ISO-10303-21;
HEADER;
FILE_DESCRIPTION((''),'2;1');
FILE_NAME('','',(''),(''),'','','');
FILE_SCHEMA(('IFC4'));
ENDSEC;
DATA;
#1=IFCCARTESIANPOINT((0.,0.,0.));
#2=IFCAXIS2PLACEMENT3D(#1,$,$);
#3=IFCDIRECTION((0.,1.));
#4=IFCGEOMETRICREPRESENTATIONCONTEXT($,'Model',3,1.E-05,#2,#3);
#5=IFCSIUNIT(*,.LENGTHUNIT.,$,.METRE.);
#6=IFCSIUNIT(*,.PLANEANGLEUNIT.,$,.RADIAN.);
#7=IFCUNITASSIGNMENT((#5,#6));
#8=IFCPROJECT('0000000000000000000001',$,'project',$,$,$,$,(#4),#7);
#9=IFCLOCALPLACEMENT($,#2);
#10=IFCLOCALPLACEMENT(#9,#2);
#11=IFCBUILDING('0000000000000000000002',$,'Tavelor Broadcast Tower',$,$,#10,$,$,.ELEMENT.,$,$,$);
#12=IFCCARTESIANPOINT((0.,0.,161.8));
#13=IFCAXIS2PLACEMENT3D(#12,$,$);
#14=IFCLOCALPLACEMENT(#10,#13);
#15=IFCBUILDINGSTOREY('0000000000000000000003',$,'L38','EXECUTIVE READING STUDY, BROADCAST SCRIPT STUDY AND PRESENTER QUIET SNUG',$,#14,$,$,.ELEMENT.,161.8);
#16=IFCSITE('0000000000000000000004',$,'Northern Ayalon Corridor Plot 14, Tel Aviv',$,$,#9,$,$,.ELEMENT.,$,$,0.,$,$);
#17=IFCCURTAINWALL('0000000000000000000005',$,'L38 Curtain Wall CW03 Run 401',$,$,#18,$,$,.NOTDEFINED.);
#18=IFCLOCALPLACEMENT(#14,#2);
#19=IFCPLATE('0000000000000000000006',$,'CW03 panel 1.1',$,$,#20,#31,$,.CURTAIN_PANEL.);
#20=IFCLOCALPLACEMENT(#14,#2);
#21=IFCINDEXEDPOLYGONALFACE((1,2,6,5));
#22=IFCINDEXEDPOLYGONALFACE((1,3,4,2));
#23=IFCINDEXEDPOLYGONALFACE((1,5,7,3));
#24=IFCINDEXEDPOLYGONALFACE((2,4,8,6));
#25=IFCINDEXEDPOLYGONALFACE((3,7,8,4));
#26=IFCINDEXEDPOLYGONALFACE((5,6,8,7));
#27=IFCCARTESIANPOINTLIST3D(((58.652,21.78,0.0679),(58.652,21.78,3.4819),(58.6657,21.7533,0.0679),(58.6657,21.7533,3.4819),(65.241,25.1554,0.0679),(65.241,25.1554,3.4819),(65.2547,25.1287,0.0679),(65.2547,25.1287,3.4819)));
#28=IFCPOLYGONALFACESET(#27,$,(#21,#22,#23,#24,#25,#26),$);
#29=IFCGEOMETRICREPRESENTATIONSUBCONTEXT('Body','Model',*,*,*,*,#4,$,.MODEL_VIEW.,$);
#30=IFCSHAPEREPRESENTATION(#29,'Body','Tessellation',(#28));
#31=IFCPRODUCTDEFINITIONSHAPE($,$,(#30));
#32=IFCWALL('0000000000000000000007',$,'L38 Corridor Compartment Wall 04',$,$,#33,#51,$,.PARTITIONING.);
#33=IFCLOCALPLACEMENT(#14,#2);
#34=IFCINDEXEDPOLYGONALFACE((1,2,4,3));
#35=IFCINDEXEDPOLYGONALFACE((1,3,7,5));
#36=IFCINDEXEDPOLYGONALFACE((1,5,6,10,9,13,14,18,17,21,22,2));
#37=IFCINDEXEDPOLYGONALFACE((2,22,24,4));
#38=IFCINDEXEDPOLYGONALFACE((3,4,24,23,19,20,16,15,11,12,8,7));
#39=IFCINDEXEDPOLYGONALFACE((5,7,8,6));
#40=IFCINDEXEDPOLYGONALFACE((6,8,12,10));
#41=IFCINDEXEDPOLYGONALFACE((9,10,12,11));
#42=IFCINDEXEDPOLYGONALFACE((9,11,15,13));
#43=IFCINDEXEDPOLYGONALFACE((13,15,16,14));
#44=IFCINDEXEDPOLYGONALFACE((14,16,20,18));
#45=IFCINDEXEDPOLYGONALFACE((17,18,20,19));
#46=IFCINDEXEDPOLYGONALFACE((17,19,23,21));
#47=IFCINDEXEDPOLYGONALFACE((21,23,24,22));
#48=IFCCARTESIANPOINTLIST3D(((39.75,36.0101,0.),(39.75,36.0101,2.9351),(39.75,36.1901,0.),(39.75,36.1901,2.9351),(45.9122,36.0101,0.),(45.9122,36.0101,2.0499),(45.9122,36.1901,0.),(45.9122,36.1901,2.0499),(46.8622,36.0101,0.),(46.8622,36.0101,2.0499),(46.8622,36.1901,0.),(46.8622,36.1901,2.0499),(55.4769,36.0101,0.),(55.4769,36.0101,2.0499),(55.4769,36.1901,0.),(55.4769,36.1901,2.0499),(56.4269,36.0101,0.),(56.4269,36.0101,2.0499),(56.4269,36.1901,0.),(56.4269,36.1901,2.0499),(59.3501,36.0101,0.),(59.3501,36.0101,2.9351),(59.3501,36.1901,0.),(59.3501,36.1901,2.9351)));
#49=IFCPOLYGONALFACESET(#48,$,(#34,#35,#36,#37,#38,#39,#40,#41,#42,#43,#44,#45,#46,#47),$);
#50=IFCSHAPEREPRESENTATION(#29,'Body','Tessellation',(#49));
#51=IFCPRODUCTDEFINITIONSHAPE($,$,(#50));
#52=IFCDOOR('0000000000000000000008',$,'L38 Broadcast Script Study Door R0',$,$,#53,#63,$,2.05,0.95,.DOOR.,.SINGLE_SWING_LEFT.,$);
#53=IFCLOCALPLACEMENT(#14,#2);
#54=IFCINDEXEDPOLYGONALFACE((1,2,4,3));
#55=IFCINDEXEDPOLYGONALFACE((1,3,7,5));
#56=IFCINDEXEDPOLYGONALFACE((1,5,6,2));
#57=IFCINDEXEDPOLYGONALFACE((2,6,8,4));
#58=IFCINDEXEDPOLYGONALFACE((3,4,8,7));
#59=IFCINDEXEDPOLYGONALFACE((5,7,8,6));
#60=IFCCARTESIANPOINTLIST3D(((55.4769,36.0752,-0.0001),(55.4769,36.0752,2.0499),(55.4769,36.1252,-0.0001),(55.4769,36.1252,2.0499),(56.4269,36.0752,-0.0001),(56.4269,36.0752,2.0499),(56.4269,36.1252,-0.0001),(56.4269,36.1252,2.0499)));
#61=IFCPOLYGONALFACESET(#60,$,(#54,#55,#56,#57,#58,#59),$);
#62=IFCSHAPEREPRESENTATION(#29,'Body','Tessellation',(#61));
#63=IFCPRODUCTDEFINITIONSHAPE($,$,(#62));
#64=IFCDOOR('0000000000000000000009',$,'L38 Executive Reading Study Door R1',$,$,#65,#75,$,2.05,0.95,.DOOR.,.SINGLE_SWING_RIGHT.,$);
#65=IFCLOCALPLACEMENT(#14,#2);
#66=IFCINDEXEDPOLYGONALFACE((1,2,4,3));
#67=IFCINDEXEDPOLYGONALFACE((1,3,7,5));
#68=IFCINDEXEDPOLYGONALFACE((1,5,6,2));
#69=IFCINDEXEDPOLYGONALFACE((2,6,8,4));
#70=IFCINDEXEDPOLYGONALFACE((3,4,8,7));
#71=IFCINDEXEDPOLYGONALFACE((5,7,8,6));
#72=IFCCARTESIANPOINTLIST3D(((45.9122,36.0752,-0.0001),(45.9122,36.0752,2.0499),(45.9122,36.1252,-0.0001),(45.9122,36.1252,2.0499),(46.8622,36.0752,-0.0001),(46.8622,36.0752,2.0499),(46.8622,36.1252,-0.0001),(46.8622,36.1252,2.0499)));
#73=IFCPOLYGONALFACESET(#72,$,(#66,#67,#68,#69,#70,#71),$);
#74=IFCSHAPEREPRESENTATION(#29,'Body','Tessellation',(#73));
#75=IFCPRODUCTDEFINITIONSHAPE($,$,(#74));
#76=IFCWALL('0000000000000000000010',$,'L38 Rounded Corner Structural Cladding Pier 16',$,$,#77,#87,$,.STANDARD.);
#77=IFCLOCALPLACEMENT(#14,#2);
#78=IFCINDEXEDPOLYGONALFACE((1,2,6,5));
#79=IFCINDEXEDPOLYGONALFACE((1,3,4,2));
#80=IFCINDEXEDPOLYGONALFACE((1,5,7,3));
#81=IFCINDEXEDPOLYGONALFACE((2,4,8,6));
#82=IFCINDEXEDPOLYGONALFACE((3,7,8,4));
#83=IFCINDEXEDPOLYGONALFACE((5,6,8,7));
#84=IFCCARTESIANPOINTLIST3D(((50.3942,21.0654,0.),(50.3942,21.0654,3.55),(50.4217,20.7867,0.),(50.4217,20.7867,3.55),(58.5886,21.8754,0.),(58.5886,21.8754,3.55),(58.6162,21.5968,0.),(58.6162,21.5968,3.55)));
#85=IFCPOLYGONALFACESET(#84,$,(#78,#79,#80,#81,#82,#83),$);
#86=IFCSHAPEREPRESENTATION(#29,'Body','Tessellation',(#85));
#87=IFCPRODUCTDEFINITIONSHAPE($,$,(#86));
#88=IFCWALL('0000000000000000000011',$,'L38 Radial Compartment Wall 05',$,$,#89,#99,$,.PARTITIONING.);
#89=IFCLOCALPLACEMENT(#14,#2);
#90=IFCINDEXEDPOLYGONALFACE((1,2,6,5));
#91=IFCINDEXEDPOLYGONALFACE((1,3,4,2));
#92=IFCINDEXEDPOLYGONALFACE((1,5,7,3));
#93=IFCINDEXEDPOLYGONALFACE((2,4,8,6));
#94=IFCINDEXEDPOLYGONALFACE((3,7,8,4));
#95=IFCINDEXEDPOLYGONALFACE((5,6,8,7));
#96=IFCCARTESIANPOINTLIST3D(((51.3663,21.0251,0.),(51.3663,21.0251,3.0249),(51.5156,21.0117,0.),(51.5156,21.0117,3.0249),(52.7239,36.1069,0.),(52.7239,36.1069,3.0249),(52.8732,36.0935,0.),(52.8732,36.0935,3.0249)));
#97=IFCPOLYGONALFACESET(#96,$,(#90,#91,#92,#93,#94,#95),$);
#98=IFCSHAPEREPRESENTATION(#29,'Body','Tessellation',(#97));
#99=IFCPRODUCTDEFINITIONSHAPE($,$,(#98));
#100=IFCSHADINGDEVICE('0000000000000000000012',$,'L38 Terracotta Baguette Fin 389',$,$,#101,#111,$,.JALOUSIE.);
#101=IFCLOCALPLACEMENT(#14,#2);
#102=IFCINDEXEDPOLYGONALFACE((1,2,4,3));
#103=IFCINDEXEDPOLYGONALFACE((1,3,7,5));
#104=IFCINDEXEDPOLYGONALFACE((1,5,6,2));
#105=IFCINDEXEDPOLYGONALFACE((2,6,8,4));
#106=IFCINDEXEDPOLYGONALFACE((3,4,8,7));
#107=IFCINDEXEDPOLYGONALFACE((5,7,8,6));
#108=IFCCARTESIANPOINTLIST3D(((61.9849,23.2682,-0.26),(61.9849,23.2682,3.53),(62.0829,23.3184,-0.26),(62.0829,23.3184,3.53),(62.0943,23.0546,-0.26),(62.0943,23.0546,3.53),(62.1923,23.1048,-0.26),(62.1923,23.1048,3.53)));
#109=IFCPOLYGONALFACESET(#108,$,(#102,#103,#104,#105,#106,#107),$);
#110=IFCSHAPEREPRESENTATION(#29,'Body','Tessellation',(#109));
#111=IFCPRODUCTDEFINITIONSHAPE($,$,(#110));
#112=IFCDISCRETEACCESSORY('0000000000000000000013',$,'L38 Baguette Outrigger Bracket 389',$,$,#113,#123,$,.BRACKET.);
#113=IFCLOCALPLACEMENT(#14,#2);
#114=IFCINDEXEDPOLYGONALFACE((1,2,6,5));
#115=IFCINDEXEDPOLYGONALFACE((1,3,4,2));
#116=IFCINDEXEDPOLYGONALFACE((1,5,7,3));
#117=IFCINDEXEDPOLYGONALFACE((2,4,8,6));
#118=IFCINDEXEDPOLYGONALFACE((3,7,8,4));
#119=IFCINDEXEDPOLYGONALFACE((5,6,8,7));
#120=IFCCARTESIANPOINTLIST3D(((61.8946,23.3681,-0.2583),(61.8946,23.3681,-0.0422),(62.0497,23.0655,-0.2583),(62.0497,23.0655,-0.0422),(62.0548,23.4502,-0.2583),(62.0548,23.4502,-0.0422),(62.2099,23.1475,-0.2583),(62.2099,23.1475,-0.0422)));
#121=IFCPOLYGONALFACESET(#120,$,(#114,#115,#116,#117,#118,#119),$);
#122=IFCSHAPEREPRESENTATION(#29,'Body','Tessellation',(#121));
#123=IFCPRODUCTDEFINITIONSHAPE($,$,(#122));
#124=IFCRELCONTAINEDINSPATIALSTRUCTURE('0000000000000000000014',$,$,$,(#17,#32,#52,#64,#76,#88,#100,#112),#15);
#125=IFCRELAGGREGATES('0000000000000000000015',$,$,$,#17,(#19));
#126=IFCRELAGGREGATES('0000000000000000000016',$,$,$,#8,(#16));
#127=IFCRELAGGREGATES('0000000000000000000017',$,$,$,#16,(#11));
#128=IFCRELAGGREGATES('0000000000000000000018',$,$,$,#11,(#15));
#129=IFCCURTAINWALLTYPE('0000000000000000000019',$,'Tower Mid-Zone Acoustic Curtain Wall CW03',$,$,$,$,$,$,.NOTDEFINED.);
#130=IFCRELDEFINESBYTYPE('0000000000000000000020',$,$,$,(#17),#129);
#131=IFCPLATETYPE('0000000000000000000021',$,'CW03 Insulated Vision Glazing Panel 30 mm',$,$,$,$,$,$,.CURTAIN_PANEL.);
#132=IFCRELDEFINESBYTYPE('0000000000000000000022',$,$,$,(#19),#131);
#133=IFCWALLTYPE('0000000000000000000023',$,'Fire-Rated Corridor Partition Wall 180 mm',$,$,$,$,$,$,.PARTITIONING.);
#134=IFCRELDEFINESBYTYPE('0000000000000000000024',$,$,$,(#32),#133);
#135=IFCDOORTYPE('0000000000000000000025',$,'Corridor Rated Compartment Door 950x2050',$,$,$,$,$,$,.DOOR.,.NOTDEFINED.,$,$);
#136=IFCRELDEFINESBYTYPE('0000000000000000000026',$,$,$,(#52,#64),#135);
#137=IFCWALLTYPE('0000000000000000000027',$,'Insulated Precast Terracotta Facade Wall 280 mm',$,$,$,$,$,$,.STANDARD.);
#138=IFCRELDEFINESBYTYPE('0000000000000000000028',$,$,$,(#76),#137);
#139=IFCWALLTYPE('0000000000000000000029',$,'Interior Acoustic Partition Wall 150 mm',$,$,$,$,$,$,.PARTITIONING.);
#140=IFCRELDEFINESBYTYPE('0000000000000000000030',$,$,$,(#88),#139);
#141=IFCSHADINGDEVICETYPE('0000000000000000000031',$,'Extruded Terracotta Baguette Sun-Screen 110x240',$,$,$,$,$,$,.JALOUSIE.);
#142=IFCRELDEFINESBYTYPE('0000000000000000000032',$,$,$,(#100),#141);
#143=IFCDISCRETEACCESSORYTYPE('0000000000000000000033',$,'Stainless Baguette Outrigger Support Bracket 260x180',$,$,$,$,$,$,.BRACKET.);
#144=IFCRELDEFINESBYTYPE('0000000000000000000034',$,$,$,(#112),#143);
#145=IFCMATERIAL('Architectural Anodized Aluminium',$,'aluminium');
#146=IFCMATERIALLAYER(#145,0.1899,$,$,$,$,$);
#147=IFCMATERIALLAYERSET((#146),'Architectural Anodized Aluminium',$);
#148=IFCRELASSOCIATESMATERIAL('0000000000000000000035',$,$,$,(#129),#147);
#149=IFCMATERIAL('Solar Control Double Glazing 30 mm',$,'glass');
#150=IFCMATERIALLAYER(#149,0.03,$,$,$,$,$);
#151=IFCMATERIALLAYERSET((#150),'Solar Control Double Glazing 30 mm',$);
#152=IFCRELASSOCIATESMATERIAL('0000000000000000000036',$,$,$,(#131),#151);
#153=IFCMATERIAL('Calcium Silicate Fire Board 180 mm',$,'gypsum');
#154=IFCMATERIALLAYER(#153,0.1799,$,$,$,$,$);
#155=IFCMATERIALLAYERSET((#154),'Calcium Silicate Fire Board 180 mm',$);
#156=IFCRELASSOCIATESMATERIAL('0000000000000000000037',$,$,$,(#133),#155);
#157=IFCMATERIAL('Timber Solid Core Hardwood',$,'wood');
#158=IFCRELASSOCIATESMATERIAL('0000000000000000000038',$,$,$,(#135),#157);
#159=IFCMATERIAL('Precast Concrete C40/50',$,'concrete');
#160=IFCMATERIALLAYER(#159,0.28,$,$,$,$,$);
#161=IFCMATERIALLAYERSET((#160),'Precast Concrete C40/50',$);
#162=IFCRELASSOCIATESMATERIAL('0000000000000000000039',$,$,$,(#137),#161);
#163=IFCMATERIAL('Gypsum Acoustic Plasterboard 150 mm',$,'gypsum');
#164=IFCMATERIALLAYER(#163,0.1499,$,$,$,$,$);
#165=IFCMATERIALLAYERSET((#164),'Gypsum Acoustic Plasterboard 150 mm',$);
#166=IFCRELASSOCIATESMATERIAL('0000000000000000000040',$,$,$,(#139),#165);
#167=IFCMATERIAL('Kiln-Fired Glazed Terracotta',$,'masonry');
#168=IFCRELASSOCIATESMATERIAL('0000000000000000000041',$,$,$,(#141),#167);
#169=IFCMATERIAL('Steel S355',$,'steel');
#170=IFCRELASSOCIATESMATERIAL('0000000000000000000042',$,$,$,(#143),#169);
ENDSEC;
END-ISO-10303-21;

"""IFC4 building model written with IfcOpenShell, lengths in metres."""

from ifc_helpers import new_model, si_unit, direction, frame, frame_2d, origin, origin_2d, place, context, subcontext, project, spatial, rectangle, extrude, source, transform, mapped, material, layer, layer_set, type_object, type_shapes, element, fill, aggregate, save


model = new_model("IFC4")

# Units and contexts
model_context = context("Model", 3, precision=1e-05, world=origin(), true_north=direction((0.0, 1.0)))
body_context = subcontext(model_context, "Body", "Model", "MODEL_VIEW")
ifc_project = project(units=[si_unit("LENGTHUNIT", "METRE"), si_unit("PLANEANGLEUNIT", "RADIAN")], contexts=[model_context])

# Site, building, storey
site_placement = place(None, origin())
site = spatial("IfcSite", under=ifc_project, at=site_placement, Name="Northern Ayalon Corridor Plot 14, Tel Aviv", CompositionType="ELEMENT", RefElevation=0.0)
building_placement = place(site_placement, origin())
building = spatial("IfcBuilding", under=site, at=building_placement, Name="Tavelor Broadcast Tower", CompositionType="ELEMENT")
storey_placement = place(building_placement, frame((0.0, 0.0, 161.8)))
storey = spatial("IfcBuildingStorey", under=building, at=storey_placement, Name="L38", Description="EXECUTIVE READING STUDY, BROADCAST SCRIPT STUDY AND PRESENTER QUIET SNUG", CompositionType="ELEMENT", Elevation=161.8)

# Shared definitions
ifc_material_1 = material(Name="Steel S355", Category="steel")

# Curtain wall
ifc_material_2 = material(Name="Architectural Anodized Aluminium", Category="aluminium")
ifc_layer_1 = layer(ifc_material_2, 0.1899)
ifc_layer_set_1 = layer_set([ifc_layer_1], Name="Architectural Anodized Aluminium")
curtain_wall_type = type_object("IfcCurtainWallType", Name="Tower Mid-Zone Acoustic Curtain Wall CW03", PredefinedType="NOTDEFINED", material=ifc_layer_set_1)
curtain_wall_placement = place(storey_placement, origin())
curtain_wall = element("IfcCurtainWall", 1, at=curtain_wall_placement, inside=storey, type_object=curtain_wall_type, Name="L38 Curtain Wall CW03 Run 401", PredefinedType="NOTDEFINED")

# Plate
ifc_material_3 = material(Name="Solar Control Double Glazing 30 mm", Category="glass")
ifc_layer_2 = layer(ifc_material_3, 0.03)
ifc_layer_set_2 = layer_set([ifc_layer_2], Name="Solar Control Double Glazing 30 mm")
plate_type_1 = type_object("IfcPlateType", Name="CW03 Insulated Vision Glazing Panel 30 mm", PredefinedType="CURTAIN_PANEL", material=ifc_layer_set_2)
shared_shape_1 = source(origin(), body_context, "Body", "SweptSolid", [
    extrude(rectangle(XDim=7.4033, YDim=0.03, at=origin_2d()), origin(), (0.0, 0.0, 1.0), 3.4141),
])
type_shapes(plate_type_1, [shared_shape_1])
plate_placement = place(storey_placement, frame((61.9534, 23.4543, 0.0679), z_axis=(0.0, 0.0, 1.0), x_axis=(0.890013, 0.455936, 0.0)))
plate = element("IfcPlate", 2, at=plate_placement, type_object=plate_type_1, Name="CW03 panel 1.1", PredefinedType="CURTAIN_PANEL", context=body_context, shape_type="MappedRepresentation", body=[
    mapped(shared_shape_1, transform((0.0, 0.0, 0.0), scale=1.0)),
])
aggregate(curtain_wall, [plate])

# Wall, openings, doors
ifc_material_4 = material(Name="Calcium Silicate Fire Board 180 mm", Category="gypsum")
ifc_layer_3 = layer(ifc_material_4, 0.1799)
ifc_layer_set_3 = layer_set([ifc_layer_3], Name="Calcium Silicate Fire Board 180 mm")
wall_type_1 = type_object("IfcWallType", Name="Fire-Rated Corridor Partition Wall 180 mm", PredefinedType="PARTITIONING", material=ifc_layer_set_3)
wall_1_placement = place(storey_placement, frame((59.3501, 36.1001, 0.0), z_axis=(0.0, 0.0, 1.0), x_axis=(-1.0, 0.0, 0.0)))
wall_1 = element("IfcWall", 3, at=wall_1_placement, inside=storey, type_object=wall_type_1, Name="L38 Corridor Compartment Wall 04", PredefinedType="PARTITIONING", context=body_context, shape_type="SweptSolid", body=[
    extrude(rectangle(XDim=19.6001, YDim=0.1799, at=frame_2d((9.8, 0.0))), origin(), (0.0, 0.0, 1.0), 2.9351),
])
opening_1_placement = place(wall_1_placement, frame((2.9231, 0.0, 0.0)))
opening_1 = element("IfcOpeningElement", 4, at=opening_1_placement, cuts=wall_1, PredefinedType="OPENING", context=body_context, shape_type="SweptSolid", body=[
    extrude(rectangle(XDim=0.95, YDim=2.05, at=frame_2d((0.4751, 1.0249))), frame((0.0, 0.1001, 0.0), z_axis=(0.0, -1.0, 0.0), x_axis=(1.0, 0.0, 0.0)), (0.0, 0.0, 1.0), 0.2),
])
opening_2_placement = place(wall_1_placement, frame((12.4878, 0.0, 0.0)))
opening_2 = element("IfcOpeningElement", 5, at=opening_2_placement, cuts=wall_1, PredefinedType="OPENING", context=body_context, shape_type="SweptSolid", body=[
    extrude(rectangle(XDim=0.95, YDim=2.05, at=frame_2d((0.4751, 1.0249))), frame((0.0, 0.1001, 0.0), z_axis=(0.0, -1.0, 0.0), x_axis=(1.0, 0.0, 0.0)), (0.0, 0.0, 1.0), 0.2),
])
ifc_material_5 = material(Name="Timber Solid Core Hardwood", Category="wood")
door_type = type_object("IfcDoorType", Name="Corridor Rated Compartment Door 950x2050", OperationType="NOTDEFINED", PredefinedType="DOOR", material=ifc_material_5)
door_1_placement = place(opening_1_placement, origin())
door_1 = element("IfcDoor", 6, at=door_1_placement, inside=storey, type_object=door_type, Name="L38 Broadcast Script Study Door R0", OperationType="SINGLE_SWING_LEFT", OverallHeight=2.05, OverallWidth=0.95, PredefinedType="DOOR", context=body_context, shape_type="SweptSolid", body=[
    extrude(rectangle(XDim=0.95, YDim=2.05, at=frame_2d((0.4751, 1.0249))), frame((0.0, 0.0249, 0.0), z_axis=(0.0, -1.0, 0.0), x_axis=(1.0, 0.0, 0.0)), (0.0, 0.0, 1.0), 0.05),
])
fill(opening_1, door_1)
door_2_placement = place(opening_2_placement, origin())
door_2 = element("IfcDoor", 7, at=door_2_placement, inside=storey, type_object=door_type, Name="L38 Executive Reading Study Door R1", OperationType="SINGLE_SWING_RIGHT", OverallHeight=2.05, OverallWidth=0.95, PredefinedType="DOOR", context=body_context, shape_type="SweptSolid", body=[
    extrude(rectangle(XDim=0.95, YDim=2.05, at=frame_2d((0.4751, 1.0249))), frame((0.0, 0.0249, 0.0), z_axis=(0.0, -1.0, 0.0), x_axis=(1.0, 0.0, 0.0)), (0.0, 0.0, 1.0), 0.05),
])
fill(opening_2, door_2)

# Walls
ifc_material_6 = material(Name="Precast Concrete C40/50", Category="concrete")
ifc_layer_4 = layer(ifc_material_6, 0.28)
ifc_layer_set_4 = layer_set([ifc_layer_4], Name="Precast Concrete C40/50")
wall_type_2 = type_object("IfcWallType", Name="Insulated Precast Terracotta Facade Wall 280 mm", PredefinedType="STANDARD", material=ifc_layer_set_4)
wall_2_placement = place(storey_placement, frame((50.408, 20.926, 0.0), z_axis=(0.0, 0.0, 1.0), x_axis=(0.995149, 0.098376, 0.0)))
element("IfcWall", 8, at=wall_2_placement, inside=storey, type_object=wall_type_2, Name="L38 Rounded Corner Structural Cladding Pier 16", PredefinedType="STANDARD", context=body_context, shape_type="SweptSolid", body=[
    extrude(rectangle(XDim=8.2344, YDim=0.28, at=frame_2d((4.1172, 0.0))), origin(), (0.0, 0.0, 1.0), 3.55),
])
ifc_material_7 = material(Name="Gypsum Acoustic Plasterboard 150 mm", Category="gypsum")
ifc_layer_5 = layer(ifc_material_7, 0.1499)
ifc_layer_set_5 = layer_set([ifc_layer_5], Name="Gypsum Acoustic Plasterboard 150 mm")
wall_type_3 = type_object("IfcWallType", Name="Interior Acoustic Partition Wall 150 mm", PredefinedType="PARTITIONING", material=ifc_layer_set_5)
wall_3_placement = place(storey_placement, frame((52.7986, 36.1001, 0.0), z_axis=(0.0, 0.0, 1.0), x_axis=(-0.089658, -0.995973, 0.0)))
element("IfcWall", 9, at=wall_3_placement, inside=storey, type_object=wall_type_3, Name="L38 Radial Compartment Wall 05", PredefinedType="PARTITIONING", context=body_context, shape_type="SweptSolid", body=[
    extrude(rectangle(XDim=15.1428, YDim=0.1499, at=frame_2d((7.5713, 0.0))), origin(), (0.0, 0.0, 1.0), 3.0249),
])

# Shading device
ifc_material_8 = material(Name="Kiln-Fired Glazed Terracotta", Category="masonry")
shading_device_type = type_object("IfcShadingDeviceType", Name="Extruded Terracotta Baguette Sun-Screen 110x240", PredefinedType="JALOUSIE", material=ifc_material_8)
shared_shape_2 = source(origin(), body_context, "Body", "SweptSolid", [
    extrude(rectangle(XDim=0.1101, YDim=0.24, at=origin_2d()), origin(), (0.0, 0.0, 1.0), 3.79),
])
type_shapes(shading_device_type, [shared_shape_2])
shading_device_placement = place(storey_placement, frame((62.0886, 23.1865, -0.26), z_axis=(0.0, 0.0, 1.0), x_axis=(0.889974, 0.456011, 0.0)))
element("IfcShadingDevice", 10, at=shading_device_placement, inside=storey, type_object=shading_device_type, Name="L38 Terracotta Baguette Fin 389", PredefinedType="JALOUSIE", context=body_context, shape_type="MappedRepresentation", body=[
    mapped(shared_shape_2, transform((0.0, 0.0, 0.0), scale=1.0)),
])

# Discrete accessory
discrete_accessory_type = type_object("IfcDiscreteAccessoryType", Name="Stainless Baguette Outrigger Support Bracket 260x180", PredefinedType="BRACKET", material=ifc_material_1)
shared_shape_3 = source(origin(), body_context, "Body", "SweptSolid", [
    extrude(rectangle(XDim=0.1799, YDim=0.3401, at=origin_2d()), origin(), (0.0, 0.0, 1.0), 0.2161),
])
type_shapes(discrete_accessory_type, [shared_shape_3])
discrete_accessory_placement = place(storey_placement, frame((62.0522, 23.2578, -0.2583), z_axis=(0.0, 0.0, 1.0), x_axis=(0.889974, 0.456011, 0.0)))
element("IfcDiscreteAccessory", 11, at=discrete_accessory_placement, inside=storey, type_object=discrete_accessory_type, Name="L38 Baguette Outrigger Bracket 389", PredefinedType="BRACKET", context=body_context, shape_type="MappedRepresentation", body=[
    mapped(shared_shape_3, transform((0.0, 0.0, 0.0), scale=1.0)),
])

save(model, "model.ifc")
